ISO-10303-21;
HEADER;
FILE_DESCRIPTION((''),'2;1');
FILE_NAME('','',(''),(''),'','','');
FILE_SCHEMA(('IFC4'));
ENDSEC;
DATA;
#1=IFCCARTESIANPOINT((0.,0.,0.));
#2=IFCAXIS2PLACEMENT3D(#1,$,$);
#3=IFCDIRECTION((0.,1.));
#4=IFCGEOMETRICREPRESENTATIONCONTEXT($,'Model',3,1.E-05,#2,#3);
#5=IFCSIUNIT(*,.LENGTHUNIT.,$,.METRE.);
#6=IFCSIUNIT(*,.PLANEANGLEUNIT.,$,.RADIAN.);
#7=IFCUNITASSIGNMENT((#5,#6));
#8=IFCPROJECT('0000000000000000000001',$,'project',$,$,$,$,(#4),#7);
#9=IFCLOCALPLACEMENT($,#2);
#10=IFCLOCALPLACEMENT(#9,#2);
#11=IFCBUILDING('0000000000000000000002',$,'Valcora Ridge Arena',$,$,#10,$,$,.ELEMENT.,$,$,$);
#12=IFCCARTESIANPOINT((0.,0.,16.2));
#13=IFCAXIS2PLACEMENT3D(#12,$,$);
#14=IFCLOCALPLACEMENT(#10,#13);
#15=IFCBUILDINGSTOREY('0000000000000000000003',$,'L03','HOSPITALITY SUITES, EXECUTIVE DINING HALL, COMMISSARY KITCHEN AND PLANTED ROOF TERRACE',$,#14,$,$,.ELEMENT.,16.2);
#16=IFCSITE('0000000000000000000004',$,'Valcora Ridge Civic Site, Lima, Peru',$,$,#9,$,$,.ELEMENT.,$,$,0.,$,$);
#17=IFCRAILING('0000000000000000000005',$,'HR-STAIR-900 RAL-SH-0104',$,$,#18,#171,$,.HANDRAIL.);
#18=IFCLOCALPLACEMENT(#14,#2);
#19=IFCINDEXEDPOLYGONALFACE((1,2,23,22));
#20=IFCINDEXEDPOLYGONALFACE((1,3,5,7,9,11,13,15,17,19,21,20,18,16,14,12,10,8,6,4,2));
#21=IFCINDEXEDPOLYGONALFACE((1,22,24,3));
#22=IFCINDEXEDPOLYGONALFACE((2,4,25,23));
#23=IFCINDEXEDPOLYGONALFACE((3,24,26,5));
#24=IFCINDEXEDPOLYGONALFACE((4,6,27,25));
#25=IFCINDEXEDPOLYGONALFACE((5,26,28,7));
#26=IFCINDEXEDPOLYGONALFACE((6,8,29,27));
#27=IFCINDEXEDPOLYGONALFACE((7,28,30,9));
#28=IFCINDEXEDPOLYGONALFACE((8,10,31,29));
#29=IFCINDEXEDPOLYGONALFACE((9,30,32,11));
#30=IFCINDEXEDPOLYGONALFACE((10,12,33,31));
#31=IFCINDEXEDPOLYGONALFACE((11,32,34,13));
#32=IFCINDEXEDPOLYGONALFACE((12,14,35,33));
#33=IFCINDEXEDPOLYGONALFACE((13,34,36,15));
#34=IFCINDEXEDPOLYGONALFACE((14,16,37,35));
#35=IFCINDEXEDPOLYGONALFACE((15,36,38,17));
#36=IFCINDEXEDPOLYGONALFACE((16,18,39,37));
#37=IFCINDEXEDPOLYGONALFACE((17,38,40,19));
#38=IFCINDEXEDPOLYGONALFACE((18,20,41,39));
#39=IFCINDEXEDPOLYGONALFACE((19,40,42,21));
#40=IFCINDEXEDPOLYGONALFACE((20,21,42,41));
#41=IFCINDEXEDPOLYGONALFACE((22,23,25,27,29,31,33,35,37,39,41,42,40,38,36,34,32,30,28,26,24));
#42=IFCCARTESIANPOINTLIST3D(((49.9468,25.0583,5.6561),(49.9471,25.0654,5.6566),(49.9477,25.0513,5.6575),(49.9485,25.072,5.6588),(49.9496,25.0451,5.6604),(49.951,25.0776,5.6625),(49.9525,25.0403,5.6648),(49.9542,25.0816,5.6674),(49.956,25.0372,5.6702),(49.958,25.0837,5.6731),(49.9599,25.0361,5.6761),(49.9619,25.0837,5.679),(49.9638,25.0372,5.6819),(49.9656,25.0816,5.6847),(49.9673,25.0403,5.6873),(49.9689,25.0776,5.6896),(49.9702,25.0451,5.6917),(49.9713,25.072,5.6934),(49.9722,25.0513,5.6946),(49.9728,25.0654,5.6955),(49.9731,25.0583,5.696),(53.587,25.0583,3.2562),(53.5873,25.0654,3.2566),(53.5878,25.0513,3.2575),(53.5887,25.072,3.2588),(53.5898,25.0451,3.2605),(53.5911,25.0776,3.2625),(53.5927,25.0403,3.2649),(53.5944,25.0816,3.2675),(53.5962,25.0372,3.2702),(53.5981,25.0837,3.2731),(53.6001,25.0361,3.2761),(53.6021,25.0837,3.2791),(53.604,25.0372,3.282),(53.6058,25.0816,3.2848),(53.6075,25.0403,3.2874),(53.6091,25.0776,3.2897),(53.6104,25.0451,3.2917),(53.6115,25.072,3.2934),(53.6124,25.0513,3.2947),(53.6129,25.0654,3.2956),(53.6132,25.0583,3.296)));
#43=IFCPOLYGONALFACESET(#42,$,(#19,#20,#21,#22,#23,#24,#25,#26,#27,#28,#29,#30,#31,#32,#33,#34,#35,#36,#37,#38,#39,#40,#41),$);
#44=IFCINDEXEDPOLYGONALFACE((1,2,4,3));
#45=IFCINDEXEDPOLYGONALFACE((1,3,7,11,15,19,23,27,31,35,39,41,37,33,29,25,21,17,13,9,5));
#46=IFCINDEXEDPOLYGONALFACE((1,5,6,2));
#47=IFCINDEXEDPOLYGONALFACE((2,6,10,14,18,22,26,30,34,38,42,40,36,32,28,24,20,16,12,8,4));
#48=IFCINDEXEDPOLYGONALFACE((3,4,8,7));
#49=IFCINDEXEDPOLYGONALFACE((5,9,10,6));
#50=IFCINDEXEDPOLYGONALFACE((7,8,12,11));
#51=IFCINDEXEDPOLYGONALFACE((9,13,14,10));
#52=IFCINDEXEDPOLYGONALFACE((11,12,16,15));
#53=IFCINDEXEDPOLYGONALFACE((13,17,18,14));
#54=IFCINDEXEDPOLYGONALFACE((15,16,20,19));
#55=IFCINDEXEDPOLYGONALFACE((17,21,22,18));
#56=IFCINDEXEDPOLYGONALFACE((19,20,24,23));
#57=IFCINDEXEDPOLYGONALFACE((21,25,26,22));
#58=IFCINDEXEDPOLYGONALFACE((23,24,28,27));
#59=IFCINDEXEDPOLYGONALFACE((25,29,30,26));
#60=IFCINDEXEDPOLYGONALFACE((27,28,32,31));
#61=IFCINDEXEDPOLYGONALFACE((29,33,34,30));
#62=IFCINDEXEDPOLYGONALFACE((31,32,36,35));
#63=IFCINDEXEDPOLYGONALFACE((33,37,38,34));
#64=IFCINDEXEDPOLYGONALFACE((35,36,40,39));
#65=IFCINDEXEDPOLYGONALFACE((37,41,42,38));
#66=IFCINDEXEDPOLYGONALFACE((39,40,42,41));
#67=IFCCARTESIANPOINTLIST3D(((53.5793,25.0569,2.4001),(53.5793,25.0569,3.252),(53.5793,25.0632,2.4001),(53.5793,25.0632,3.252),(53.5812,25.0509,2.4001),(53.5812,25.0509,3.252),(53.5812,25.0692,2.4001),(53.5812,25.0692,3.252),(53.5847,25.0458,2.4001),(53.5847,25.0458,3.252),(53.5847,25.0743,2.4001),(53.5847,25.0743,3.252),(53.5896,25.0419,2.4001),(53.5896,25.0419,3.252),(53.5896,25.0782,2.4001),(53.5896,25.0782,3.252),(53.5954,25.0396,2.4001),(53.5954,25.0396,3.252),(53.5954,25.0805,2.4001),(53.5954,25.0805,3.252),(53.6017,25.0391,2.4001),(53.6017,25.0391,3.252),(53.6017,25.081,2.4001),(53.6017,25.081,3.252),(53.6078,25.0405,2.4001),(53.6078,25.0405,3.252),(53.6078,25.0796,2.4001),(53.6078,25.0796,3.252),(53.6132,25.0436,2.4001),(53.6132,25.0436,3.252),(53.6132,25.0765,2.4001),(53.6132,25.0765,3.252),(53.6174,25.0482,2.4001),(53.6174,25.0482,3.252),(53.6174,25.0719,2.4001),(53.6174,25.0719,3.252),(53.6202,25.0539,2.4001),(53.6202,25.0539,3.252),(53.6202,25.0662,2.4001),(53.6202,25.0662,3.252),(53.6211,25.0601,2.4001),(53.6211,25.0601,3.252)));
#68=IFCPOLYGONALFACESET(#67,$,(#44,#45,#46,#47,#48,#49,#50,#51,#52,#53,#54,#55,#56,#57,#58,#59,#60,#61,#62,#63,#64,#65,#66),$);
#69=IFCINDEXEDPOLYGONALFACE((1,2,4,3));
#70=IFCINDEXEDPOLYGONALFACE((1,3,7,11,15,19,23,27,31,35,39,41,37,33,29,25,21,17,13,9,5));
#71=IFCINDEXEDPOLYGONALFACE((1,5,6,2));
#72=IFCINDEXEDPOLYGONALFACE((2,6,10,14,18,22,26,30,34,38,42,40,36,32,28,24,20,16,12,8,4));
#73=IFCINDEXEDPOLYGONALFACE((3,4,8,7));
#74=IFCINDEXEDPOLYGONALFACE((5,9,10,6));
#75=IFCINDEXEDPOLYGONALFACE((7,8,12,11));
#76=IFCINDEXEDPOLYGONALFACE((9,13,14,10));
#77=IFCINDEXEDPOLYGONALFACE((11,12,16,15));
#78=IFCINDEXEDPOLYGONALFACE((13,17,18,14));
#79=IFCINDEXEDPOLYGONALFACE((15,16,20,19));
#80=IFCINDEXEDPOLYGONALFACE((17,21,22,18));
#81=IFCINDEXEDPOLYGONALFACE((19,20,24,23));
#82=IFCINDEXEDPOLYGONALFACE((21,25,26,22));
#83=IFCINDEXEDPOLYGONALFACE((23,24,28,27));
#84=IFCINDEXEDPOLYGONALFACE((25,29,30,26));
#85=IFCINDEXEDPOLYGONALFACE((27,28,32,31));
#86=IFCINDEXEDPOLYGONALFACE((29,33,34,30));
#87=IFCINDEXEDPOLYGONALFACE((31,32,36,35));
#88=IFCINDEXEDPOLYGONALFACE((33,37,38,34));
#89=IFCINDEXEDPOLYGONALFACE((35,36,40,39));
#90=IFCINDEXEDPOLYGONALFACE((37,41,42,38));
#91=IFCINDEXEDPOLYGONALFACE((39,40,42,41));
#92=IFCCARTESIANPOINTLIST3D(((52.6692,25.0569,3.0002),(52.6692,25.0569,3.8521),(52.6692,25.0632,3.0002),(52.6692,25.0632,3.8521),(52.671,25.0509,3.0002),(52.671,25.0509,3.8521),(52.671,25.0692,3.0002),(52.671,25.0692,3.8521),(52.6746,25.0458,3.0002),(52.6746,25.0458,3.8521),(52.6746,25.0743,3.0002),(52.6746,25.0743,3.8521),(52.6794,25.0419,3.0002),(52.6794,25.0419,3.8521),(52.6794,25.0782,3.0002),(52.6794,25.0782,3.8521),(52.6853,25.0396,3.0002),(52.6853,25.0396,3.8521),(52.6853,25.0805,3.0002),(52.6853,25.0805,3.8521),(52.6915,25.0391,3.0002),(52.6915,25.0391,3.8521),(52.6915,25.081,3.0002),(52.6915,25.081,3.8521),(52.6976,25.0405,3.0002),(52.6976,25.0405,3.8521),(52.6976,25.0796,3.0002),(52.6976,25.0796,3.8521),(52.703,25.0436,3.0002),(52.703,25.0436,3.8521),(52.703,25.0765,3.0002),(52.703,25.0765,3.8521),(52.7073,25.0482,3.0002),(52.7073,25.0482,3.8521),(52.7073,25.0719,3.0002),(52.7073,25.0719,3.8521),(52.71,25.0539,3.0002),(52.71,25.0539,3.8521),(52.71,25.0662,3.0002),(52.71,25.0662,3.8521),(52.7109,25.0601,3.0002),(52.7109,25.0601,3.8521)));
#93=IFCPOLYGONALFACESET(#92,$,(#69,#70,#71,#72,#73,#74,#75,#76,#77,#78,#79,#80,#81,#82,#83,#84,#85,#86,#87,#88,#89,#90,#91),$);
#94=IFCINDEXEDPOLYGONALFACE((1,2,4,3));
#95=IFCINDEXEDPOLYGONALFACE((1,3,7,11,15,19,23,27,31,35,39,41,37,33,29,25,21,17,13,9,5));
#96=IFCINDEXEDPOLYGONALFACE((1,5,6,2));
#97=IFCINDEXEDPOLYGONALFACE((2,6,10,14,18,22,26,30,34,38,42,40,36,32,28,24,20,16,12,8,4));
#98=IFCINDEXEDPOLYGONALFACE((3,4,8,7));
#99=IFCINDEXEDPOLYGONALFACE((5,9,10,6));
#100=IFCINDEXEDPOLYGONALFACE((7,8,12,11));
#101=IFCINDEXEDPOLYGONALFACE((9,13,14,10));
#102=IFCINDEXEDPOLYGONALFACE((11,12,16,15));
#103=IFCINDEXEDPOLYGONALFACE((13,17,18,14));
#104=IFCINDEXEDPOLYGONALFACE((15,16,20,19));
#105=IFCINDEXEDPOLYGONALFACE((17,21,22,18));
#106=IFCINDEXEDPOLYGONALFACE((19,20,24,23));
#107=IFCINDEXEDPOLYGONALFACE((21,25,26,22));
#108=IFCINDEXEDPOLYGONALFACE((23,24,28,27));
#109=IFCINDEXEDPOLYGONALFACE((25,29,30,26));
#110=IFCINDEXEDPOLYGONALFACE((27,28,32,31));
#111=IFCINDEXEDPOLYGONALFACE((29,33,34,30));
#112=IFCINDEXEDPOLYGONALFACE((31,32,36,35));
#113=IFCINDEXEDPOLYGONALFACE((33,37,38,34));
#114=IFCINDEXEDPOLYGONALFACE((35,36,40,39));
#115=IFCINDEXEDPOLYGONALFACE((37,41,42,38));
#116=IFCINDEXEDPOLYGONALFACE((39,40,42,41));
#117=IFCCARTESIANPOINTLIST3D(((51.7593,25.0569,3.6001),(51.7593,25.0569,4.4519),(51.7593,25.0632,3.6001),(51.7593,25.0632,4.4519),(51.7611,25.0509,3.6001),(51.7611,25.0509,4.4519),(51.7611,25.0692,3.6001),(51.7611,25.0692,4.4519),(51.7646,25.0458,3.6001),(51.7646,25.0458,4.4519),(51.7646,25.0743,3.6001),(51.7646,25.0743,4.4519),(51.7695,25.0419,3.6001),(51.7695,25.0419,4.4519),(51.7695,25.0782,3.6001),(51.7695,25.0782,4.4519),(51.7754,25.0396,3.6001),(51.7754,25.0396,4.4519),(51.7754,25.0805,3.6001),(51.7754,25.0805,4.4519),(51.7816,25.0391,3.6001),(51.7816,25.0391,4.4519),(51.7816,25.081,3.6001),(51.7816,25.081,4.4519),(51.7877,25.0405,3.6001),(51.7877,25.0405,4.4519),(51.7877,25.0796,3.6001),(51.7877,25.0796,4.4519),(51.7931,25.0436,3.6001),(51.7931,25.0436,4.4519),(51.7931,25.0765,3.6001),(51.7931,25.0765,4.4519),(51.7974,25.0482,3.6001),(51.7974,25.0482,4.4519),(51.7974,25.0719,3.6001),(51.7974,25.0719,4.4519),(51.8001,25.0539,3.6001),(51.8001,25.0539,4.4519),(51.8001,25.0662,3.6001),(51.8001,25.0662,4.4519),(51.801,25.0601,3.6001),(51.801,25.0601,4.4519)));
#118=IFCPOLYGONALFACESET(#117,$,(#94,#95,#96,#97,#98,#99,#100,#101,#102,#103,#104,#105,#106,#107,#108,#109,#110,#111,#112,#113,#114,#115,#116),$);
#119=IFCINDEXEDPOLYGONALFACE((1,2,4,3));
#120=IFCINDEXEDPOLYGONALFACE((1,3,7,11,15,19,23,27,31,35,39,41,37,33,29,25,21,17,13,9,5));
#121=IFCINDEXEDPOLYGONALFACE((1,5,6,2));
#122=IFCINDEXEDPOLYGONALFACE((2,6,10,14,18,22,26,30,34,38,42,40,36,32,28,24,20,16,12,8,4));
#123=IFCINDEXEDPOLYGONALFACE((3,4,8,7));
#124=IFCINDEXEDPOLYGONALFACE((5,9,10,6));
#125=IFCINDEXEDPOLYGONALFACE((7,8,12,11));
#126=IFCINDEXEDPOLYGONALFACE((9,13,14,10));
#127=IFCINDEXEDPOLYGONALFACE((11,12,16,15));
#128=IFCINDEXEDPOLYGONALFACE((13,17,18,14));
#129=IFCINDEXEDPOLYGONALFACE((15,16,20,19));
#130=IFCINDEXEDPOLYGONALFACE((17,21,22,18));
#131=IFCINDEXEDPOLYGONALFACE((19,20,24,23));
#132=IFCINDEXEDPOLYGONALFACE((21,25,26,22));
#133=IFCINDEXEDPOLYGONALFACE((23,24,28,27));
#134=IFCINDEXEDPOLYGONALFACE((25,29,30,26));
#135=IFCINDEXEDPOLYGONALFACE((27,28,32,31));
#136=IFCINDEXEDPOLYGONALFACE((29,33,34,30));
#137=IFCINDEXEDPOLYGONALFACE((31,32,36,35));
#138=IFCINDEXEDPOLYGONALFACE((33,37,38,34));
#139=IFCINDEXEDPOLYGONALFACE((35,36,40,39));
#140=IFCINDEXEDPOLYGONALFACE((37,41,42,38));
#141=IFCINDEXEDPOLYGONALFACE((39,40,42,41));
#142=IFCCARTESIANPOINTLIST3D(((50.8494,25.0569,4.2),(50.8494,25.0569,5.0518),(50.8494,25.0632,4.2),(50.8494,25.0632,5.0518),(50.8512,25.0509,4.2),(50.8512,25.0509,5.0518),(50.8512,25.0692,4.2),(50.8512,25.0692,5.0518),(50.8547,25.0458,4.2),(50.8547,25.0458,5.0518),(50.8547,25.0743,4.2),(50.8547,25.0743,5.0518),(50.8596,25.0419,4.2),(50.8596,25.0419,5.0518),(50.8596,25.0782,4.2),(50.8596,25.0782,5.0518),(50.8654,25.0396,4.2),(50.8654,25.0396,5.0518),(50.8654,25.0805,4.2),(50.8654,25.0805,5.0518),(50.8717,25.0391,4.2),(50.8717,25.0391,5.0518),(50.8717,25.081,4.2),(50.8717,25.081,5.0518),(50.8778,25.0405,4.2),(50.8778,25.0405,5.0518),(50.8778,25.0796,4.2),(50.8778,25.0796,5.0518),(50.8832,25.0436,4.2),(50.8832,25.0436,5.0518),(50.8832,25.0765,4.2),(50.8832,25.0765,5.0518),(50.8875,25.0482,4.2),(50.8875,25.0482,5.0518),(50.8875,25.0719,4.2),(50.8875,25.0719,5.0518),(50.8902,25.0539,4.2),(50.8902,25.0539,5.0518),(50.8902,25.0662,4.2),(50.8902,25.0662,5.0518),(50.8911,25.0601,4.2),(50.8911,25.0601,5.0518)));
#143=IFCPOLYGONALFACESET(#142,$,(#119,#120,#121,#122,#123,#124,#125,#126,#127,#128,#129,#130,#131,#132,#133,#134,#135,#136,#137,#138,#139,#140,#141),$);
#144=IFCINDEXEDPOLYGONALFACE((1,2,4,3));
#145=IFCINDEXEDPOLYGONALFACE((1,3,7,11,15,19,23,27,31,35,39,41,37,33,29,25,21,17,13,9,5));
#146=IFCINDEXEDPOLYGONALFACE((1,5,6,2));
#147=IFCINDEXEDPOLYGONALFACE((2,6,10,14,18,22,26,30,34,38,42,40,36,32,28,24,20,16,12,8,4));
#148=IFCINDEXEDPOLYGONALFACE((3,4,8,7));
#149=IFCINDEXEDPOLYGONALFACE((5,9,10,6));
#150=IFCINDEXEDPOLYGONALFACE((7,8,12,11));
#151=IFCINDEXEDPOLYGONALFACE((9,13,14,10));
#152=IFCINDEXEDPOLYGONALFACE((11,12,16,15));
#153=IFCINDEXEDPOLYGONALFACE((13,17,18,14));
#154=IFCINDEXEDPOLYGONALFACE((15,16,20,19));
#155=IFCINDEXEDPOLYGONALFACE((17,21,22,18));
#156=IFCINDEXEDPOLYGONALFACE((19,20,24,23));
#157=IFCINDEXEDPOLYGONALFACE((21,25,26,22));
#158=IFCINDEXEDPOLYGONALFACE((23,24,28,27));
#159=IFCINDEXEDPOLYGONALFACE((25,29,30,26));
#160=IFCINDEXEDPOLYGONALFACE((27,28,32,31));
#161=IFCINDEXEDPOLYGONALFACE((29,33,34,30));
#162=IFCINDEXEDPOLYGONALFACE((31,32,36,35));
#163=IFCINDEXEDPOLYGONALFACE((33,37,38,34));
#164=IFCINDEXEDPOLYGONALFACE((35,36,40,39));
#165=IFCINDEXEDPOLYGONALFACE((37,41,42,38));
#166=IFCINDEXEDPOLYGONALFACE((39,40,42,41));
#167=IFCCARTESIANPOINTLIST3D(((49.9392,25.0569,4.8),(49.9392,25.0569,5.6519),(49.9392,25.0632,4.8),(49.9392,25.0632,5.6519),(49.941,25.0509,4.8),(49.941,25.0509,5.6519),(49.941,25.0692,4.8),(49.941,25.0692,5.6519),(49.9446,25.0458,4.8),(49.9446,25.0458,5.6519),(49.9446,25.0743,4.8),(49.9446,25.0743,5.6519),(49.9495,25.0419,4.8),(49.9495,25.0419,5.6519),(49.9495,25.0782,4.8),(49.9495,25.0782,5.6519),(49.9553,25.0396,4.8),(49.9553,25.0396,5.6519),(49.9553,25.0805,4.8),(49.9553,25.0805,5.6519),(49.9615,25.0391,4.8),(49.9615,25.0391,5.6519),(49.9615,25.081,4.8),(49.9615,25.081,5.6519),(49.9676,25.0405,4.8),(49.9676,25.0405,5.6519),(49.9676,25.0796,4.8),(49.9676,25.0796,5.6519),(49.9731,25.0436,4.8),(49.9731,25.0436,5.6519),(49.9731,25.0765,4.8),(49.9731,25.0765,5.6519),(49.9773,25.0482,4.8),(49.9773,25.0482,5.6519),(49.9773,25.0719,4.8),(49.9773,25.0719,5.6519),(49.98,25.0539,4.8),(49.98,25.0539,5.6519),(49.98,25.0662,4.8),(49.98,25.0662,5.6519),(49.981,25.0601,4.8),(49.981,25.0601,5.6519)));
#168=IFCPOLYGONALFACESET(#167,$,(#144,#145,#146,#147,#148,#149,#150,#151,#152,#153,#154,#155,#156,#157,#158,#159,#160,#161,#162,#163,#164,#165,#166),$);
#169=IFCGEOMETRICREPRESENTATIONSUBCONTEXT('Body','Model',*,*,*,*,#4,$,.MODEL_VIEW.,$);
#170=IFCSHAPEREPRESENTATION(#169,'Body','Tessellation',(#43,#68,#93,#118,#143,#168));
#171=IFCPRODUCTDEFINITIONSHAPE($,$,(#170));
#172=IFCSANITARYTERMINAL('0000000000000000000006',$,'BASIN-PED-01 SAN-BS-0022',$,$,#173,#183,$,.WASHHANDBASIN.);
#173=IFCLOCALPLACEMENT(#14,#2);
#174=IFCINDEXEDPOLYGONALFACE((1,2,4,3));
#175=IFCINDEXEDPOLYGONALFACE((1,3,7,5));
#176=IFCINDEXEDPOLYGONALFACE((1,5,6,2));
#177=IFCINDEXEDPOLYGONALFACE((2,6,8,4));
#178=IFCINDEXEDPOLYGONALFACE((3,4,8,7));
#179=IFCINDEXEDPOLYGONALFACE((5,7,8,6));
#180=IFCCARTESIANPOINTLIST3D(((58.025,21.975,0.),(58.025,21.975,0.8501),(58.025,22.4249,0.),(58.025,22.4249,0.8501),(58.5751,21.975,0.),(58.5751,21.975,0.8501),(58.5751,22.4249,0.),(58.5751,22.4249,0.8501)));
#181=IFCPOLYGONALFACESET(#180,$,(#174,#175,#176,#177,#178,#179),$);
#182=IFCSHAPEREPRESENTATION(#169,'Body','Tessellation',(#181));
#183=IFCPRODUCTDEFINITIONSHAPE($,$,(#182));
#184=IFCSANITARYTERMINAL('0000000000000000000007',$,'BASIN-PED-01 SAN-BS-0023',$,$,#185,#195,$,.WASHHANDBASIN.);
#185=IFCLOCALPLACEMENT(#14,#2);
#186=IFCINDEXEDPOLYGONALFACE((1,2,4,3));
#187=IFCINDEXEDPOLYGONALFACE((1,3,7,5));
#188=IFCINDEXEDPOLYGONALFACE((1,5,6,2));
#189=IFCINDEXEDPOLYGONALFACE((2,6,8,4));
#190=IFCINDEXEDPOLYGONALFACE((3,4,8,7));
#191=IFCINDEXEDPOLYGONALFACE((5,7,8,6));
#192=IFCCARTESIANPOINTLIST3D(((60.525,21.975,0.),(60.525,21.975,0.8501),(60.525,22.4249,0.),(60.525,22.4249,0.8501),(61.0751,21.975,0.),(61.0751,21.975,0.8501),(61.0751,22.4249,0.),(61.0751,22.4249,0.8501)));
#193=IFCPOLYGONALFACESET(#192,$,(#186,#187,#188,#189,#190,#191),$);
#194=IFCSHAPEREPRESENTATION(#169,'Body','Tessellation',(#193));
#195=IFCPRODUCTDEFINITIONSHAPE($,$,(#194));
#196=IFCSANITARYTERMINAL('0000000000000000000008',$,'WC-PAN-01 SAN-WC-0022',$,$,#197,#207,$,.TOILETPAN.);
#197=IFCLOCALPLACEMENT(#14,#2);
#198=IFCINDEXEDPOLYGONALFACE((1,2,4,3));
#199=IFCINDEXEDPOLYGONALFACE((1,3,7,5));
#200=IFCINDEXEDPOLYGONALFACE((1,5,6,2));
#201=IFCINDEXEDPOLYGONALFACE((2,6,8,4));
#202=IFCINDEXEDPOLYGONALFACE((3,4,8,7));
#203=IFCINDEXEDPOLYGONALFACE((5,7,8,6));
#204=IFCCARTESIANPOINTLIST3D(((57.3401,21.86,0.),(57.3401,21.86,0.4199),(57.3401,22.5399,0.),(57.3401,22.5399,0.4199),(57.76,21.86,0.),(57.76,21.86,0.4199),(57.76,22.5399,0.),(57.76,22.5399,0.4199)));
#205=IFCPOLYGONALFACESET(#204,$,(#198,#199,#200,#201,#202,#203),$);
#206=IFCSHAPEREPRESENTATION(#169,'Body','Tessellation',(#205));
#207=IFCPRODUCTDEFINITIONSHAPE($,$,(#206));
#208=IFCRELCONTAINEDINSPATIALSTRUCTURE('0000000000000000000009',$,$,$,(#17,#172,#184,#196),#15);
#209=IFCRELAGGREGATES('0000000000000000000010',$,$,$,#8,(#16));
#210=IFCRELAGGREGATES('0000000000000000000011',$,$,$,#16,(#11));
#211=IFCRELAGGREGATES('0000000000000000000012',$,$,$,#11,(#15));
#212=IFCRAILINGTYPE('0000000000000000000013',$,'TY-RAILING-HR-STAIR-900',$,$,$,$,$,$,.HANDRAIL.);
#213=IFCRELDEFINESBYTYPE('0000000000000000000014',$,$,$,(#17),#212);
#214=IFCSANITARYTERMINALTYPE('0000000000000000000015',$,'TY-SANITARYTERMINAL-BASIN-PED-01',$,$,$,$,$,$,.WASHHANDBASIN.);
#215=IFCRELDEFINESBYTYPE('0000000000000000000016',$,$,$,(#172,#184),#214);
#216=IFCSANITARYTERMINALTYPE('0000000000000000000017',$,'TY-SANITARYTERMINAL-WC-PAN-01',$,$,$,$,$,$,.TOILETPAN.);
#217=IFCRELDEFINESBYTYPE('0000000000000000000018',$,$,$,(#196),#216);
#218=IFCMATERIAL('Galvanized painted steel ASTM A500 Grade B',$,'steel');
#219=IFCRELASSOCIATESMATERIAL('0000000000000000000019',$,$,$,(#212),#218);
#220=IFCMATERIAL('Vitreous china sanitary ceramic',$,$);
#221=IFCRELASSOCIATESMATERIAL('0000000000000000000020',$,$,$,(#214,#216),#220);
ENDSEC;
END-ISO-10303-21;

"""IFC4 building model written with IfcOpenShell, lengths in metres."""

from ifc_helpers import new_model, si_unit, direction, frame, origin, origin_2d, place, context, subcontext, project, spatial, rectangle, circle, extrude, material, type_object, element, save


model = new_model("IFC4")

# Units and contexts
model_context = context("Model", 3, precision=1e-05, world=origin(), true_north=direction((0.0, 1.0)))
body_context = subcontext(model_context, "Body", "Model", "MODEL_VIEW")
ifc_project = project(units=[si_unit("LENGTHUNIT", "METRE"), si_unit("PLANEANGLEUNIT", "RADIAN")], contexts=[model_context])

# Site, building, storey
site_placement = place(None, origin())
site = spatial("IfcSite", under=ifc_project, at=site_placement, Name="Valcora Ridge Civic Site, Lima, Peru", CompositionType="ELEMENT", RefElevation=0.0)
building_placement = place(site_placement, origin())
building = spatial("IfcBuilding", under=site, at=building_placement, Name="Valcora Ridge Arena", CompositionType="ELEMENT")
storey_placement = place(building_placement, frame((0.0, 0.0, 16.2)))
storey = spatial("IfcBuildingStorey", under=building, at=storey_placement, Name="L03", Description="HOSPITALITY SUITES, EXECUTIVE DINING HALL, COMMISSARY KITCHEN AND PLANTED ROOF TERRACE", CompositionType="ELEMENT", Elevation=16.2)

# Railing
ifc_material_1 = material(Name="Galvanized painted steel ASTM A500 Grade B", Category="steel")
railing_type_1 = type_object("IfcRailingType", Name="TY-RAILING-HR-STAIR-900", PredefinedType="HANDRAIL", material=ifc_material_1)
railing_1_placement = place(storey_placement, frame((53.6001, 25.0601, 2.4001)))
element("IfcRailing", 1, at=railing_1_placement, inside=storey, type_object=railing_type_1, Name="HR-STAIR-900 RAL-SH-0104", PredefinedType="HANDRAIL", context=body_context, shape_type="SweptSolid", body=[
    extrude(circle(Radius=0.0239, at=origin_2d()), frame((0.0, 0.0, 0.876), z_axis=(-0.834882, 0.0, 0.550429), x_axis=(0.0, -1.0, 0.0)), (0.0, 0.0, 1.0), 4.3601),
    extrude(circle(Radius=0.021, at=origin_2d()), origin(), (0.0, 0.0, 1.0), 0.8518),
    extrude(circle(Radius=0.021, at=origin_2d()), frame((-0.9102, 0.0, 0.6001)), (0.0, 0.0, 1.0), 0.8518),
    extrude(circle(Radius=0.021, at=origin_2d()), frame((-1.8201, 0.0, 1.2)), (0.0, 0.0, 1.0), 0.8518),
    extrude(circle(Radius=0.021, at=origin_2d()), frame((-2.73, 0.0, 1.7998)), (0.0, 0.0, 1.0), 0.8518),
    extrude(circle(Radius=0.021, at=origin_2d()), frame((-3.6401, 0.0, 2.3999)), (0.0, 0.0, 1.0), 0.8518),
])

# Sanitary terminals
ifc_material_2 = material(Name="Vitreous china sanitary ceramic")
sanitary_terminal_type_1 = type_object("IfcSanitaryTerminalType", Name="TY-SANITARYTERMINAL-BASIN-PED-01", PredefinedType="WASHHANDBASIN", material=ifc_material_2)
for number, where, z_axis, x_axis, name in (
    (2, (58.3, 22.2, 0.0), (0.0, 0.0, 1.0), (1.0, 0.0, 0.0), "BASIN-PED-01 SAN-BS-0022"),
    (3, (60.8, 22.2, 0.0), (0.0, 0.0, 1.0), (1.0, 0.0, 0.0), "BASIN-PED-01 SAN-BS-0023"),
):
    element("IfcSanitaryTerminal", number, at=place(storey_placement, frame(where, z_axis=z_axis, x_axis=x_axis)), inside=storey, type_object=sanitary_terminal_type_1, Name=name, PredefinedType="WASHHANDBASIN", context=body_context, shape_type="SweptSolid", body=[
        extrude(rectangle(XDim=0.55, YDim=0.45, at=origin_2d()), origin(), (0.0, 0.0, 1.0), 0.8501),
    ])
sanitary_terminal_type_2 = type_object("IfcSanitaryTerminalType", Name="TY-SANITARYTERMINAL-WC-PAN-01", PredefinedType="TOILETPAN", material=ifc_material_2)
for number, where, z_axis, x_axis, name in (
    (4, (57.55, 22.2, 0.0), (0.0, 0.0, 1.0), (1.0, 0.0, 0.0), "WC-PAN-01 SAN-WC-0022"),
):
    element("IfcSanitaryTerminal", number, at=place(storey_placement, frame(where, z_axis=z_axis, x_axis=x_axis)), inside=storey, type_object=sanitary_terminal_type_2, Name=name, PredefinedType="TOILETPAN", context=body_context, shape_type="SweptSolid", body=[
        extrude(rectangle(XDim=0.4199, YDim=0.6799, at=origin_2d()), origin(), (0.0, 0.0, 1.0), 0.4199),
    ])

save(model, "model.ifc")
